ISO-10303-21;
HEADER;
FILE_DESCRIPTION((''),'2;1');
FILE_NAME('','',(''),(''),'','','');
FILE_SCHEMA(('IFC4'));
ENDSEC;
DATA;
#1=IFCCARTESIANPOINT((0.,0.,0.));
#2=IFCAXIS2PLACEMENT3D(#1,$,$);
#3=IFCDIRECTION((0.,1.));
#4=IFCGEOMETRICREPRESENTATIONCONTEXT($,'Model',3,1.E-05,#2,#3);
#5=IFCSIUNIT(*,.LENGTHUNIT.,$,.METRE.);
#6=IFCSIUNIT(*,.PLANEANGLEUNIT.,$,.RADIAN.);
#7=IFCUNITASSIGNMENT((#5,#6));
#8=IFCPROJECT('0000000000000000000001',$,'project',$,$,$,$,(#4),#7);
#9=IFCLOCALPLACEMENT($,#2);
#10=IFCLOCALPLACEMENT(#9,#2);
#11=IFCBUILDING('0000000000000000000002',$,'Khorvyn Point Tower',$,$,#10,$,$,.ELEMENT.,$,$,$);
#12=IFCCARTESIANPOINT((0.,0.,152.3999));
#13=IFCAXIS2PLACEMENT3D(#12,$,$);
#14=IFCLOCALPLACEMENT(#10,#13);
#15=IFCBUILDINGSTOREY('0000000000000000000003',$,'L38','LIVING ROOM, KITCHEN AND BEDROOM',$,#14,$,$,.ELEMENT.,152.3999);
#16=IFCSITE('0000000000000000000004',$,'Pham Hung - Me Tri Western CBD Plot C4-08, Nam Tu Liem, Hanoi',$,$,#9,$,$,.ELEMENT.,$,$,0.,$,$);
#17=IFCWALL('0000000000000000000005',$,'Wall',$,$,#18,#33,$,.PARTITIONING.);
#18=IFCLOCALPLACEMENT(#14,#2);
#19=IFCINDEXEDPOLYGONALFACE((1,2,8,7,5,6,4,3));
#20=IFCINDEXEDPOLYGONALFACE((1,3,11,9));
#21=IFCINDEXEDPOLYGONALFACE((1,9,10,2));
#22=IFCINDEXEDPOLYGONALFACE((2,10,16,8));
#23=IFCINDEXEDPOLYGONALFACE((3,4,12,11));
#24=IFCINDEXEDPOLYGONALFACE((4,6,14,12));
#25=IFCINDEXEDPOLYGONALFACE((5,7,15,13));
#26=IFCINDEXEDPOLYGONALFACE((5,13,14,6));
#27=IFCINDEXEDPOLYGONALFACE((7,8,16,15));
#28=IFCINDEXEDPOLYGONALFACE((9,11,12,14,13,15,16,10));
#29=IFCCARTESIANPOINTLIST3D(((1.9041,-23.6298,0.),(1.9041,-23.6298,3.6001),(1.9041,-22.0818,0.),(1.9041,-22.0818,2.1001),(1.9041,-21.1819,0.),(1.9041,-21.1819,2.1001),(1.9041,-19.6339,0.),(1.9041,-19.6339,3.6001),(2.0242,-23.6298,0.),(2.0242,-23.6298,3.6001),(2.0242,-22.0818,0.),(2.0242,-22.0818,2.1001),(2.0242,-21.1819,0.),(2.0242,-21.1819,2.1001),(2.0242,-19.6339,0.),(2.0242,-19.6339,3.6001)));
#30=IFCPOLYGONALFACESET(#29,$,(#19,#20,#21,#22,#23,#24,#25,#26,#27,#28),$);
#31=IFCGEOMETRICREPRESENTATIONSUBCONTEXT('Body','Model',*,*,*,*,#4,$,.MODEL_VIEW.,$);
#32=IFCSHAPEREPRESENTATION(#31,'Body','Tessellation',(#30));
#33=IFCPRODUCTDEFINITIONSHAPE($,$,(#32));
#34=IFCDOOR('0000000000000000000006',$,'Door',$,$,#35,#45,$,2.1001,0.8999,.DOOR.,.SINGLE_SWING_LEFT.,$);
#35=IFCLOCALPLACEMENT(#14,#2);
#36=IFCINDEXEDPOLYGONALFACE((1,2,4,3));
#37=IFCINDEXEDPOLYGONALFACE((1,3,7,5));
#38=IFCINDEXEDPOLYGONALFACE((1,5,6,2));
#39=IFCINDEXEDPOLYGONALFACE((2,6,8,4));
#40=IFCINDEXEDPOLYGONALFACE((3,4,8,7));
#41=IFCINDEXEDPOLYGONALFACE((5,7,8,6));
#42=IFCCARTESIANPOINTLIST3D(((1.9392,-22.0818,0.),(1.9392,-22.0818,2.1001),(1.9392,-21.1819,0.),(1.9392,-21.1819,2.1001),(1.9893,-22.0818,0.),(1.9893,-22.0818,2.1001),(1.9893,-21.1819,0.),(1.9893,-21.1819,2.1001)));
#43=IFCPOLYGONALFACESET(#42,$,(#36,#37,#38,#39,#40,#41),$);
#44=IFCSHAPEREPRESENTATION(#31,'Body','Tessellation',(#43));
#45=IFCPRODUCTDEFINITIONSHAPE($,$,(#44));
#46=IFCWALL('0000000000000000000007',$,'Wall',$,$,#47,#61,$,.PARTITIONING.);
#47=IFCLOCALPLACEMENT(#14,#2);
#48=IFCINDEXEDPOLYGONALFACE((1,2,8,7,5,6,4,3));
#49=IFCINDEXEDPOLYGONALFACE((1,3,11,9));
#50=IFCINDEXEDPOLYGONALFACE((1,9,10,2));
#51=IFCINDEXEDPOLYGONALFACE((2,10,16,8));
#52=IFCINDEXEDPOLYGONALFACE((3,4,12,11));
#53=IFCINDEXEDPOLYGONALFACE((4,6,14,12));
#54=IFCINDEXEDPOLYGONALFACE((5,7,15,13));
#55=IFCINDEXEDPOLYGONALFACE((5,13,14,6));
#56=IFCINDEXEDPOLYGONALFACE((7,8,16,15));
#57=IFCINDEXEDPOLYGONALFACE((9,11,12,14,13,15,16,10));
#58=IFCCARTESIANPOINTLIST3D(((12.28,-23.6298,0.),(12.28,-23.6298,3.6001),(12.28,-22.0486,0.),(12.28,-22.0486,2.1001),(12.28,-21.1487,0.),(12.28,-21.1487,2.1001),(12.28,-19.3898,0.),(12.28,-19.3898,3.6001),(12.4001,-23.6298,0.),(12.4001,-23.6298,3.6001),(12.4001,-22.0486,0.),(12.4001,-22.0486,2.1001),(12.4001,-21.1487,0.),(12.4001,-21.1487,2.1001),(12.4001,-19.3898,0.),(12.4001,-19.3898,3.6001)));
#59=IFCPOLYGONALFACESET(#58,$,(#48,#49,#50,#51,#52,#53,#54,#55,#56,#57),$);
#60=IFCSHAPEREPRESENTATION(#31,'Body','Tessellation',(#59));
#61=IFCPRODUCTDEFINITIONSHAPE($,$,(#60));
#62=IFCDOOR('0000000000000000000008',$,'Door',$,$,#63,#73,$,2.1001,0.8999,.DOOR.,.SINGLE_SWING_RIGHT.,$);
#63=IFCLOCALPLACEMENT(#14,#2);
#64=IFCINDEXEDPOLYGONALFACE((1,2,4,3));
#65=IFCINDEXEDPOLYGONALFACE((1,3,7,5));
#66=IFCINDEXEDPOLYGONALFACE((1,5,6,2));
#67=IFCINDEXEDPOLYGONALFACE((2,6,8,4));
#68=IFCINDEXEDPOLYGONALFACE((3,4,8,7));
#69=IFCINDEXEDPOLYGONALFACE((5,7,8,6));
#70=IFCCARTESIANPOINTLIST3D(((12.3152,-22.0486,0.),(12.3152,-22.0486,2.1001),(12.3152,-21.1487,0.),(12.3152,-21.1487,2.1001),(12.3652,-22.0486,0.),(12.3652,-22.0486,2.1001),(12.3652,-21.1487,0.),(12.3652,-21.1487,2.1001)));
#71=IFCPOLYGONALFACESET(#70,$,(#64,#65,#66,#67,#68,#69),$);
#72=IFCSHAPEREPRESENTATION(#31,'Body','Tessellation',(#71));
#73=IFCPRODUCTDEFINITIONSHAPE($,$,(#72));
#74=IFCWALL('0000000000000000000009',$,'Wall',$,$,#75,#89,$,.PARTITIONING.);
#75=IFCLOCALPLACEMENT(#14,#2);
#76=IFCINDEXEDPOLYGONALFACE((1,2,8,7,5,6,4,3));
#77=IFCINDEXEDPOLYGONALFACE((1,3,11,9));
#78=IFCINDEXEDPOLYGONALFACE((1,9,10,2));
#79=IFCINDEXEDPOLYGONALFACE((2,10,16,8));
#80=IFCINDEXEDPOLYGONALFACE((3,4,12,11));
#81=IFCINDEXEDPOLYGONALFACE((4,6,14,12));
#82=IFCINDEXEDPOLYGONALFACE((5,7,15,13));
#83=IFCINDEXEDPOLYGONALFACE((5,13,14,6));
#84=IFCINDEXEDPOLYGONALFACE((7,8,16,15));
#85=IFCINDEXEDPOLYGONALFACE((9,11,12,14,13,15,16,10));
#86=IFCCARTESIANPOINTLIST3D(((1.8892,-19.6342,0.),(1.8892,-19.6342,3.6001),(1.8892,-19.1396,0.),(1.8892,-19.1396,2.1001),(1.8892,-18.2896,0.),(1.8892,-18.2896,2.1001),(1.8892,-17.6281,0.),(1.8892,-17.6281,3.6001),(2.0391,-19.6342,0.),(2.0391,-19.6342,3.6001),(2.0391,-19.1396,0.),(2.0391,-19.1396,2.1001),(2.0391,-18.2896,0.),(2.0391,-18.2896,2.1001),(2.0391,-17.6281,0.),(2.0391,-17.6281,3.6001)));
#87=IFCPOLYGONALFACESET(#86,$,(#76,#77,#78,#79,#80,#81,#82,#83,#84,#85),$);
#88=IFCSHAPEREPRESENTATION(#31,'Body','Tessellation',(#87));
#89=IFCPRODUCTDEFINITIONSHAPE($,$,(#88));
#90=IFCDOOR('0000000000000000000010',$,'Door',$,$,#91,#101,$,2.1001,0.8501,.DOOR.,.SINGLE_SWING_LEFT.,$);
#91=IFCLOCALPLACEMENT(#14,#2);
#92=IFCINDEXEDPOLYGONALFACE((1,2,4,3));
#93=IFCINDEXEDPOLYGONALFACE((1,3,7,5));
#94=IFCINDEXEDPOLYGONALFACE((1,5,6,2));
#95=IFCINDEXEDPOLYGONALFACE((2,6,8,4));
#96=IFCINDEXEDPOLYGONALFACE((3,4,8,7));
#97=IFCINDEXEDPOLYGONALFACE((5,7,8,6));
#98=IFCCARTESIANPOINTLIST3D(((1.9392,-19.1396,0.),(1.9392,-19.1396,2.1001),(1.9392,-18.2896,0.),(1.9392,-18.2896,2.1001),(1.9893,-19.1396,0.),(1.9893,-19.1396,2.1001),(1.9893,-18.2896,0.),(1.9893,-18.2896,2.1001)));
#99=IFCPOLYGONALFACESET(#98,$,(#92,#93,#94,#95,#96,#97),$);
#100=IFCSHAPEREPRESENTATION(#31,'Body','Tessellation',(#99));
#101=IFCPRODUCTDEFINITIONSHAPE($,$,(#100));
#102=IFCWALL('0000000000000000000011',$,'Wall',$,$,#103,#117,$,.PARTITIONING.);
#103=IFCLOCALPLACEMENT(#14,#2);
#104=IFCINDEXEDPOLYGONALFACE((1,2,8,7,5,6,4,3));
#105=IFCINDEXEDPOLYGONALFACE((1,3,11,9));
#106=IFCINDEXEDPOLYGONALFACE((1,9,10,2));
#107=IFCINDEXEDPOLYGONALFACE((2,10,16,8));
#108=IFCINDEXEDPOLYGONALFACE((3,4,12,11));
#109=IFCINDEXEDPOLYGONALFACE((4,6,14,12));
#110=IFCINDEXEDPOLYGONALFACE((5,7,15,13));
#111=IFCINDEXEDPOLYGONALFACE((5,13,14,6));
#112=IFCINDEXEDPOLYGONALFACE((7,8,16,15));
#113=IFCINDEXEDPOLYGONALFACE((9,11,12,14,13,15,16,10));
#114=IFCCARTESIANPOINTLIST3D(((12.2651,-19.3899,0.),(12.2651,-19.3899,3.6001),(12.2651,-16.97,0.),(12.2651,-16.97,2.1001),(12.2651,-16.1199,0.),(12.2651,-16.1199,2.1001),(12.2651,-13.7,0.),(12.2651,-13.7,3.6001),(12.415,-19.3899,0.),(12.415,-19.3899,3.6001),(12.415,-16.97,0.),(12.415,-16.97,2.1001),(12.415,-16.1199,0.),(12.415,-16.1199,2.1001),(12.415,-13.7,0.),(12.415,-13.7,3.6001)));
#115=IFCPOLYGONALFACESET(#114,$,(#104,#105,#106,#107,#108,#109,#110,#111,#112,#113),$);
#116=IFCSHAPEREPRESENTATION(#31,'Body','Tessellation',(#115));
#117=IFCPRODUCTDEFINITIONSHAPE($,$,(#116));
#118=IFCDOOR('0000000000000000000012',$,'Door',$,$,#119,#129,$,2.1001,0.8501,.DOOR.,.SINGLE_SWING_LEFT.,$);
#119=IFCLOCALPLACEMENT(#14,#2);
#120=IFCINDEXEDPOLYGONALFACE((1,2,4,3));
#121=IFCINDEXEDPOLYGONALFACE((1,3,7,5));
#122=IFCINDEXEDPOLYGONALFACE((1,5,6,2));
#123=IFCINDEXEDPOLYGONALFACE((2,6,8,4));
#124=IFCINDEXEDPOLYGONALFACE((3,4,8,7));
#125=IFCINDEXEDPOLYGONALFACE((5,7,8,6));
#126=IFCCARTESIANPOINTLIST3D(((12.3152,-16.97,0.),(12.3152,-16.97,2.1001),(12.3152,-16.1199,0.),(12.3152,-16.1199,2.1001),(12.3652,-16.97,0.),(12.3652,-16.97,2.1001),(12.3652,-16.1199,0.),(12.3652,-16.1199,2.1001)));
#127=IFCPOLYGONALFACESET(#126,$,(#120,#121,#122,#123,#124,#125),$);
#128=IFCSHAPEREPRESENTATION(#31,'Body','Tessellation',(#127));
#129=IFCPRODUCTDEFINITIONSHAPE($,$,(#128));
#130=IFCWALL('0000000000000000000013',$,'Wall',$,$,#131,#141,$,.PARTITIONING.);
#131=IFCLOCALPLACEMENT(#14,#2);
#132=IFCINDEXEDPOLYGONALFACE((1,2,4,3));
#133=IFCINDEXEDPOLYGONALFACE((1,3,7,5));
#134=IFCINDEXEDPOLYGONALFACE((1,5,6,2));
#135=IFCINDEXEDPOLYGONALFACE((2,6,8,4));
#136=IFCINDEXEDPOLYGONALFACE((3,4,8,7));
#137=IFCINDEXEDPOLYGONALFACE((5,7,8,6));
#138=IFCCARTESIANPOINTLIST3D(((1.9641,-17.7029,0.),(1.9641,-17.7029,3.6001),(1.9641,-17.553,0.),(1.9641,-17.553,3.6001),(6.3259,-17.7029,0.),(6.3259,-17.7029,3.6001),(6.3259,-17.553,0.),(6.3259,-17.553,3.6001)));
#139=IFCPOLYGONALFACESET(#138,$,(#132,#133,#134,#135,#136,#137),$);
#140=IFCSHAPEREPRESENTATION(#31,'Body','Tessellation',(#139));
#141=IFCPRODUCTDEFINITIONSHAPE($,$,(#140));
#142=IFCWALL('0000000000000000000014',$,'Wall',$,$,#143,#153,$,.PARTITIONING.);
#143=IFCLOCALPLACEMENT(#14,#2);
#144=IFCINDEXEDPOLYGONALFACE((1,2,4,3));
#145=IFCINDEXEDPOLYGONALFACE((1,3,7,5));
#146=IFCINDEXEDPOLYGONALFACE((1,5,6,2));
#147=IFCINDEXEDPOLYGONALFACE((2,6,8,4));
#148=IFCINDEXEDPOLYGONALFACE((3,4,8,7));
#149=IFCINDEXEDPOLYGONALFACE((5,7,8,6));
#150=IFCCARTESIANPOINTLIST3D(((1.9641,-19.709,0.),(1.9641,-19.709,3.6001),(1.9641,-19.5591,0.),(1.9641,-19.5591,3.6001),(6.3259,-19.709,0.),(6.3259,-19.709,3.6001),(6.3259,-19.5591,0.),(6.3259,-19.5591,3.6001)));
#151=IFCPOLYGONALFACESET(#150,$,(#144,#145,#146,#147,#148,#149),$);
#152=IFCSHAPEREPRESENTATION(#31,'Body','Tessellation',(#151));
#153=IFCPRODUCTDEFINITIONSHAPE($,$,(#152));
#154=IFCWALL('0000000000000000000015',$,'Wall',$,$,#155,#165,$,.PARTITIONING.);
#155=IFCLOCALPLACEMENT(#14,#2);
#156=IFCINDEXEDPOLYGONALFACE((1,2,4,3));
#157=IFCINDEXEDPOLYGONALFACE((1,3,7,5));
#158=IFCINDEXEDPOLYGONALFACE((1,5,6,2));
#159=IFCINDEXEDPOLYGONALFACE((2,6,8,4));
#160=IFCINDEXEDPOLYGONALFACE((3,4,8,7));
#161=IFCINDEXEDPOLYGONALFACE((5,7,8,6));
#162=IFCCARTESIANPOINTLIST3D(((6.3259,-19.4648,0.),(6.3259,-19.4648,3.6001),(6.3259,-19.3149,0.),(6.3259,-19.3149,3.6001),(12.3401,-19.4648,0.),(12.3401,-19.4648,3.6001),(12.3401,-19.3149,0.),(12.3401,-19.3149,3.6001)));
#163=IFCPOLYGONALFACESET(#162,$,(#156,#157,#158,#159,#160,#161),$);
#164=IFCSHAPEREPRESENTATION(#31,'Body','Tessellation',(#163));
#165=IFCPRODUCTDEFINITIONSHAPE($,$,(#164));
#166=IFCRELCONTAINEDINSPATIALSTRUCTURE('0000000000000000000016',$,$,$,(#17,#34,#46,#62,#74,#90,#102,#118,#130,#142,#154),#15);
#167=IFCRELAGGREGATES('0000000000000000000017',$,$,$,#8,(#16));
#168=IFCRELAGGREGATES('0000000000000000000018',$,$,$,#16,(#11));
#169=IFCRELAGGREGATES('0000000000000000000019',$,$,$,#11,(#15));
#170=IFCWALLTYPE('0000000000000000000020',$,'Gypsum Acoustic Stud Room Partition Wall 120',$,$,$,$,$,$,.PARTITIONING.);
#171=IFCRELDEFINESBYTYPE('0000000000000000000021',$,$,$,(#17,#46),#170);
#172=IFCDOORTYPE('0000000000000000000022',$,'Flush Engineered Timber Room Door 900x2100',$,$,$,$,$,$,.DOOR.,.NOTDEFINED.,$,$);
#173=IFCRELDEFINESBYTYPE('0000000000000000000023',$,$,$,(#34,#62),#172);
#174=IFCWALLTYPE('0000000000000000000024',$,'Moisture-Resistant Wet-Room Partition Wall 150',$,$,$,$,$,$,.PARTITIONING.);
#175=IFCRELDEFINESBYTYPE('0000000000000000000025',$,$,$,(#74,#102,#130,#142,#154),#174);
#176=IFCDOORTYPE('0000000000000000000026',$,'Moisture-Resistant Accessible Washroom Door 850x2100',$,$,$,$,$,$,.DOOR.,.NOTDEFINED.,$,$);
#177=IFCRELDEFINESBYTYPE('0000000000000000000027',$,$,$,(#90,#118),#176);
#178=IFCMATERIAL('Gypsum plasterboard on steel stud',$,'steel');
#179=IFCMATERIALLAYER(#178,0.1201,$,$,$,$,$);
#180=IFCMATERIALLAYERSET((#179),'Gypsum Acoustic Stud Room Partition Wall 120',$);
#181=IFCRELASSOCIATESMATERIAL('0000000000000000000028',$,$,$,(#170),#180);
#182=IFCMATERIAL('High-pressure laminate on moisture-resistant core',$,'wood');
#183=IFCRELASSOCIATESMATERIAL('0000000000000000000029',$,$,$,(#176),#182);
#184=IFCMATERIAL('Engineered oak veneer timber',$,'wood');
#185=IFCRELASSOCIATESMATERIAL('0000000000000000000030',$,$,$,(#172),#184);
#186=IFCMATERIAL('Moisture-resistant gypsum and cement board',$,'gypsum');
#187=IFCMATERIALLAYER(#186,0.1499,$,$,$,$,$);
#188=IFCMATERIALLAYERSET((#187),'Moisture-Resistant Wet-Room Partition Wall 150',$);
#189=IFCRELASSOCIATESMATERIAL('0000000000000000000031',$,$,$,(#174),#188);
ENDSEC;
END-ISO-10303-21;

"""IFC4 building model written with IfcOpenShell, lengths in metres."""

from ifc_helpers import new_model, si_unit, direction, frame, frame_2d, origin, place, context, subcontext, project, spatial, rectangle, extrude, material, layer, layer_set, type_object, element, fill, save


model = new_model("IFC4")

# Units and contexts
model_context = context("Model", 3, precision=1e-05, world=origin(), true_north=direction((0.0, 1.0)))
body_context = subcontext(model_context, "Body", "Model", "MODEL_VIEW")
ifc_project = project(units=[si_unit("LENGTHUNIT", "METRE"), si_unit("PLANEANGLEUNIT", "RADIAN")], contexts=[model_context])

# Site, building, storey
site_placement = place(None, origin())
site = spatial("IfcSite", under=ifc_project, at=site_placement, Name="Pham Hung - Me Tri Western CBD Plot C4-08, Nam Tu Liem, Hanoi", CompositionType="ELEMENT", RefElevation=0.0)
building_placement = place(site_placement, origin())
building = spatial("IfcBuilding", under=site, at=building_placement, Name="Khorvyn Point Tower", CompositionType="ELEMENT")
storey_placement = place(building_placement, frame((0.0, 0.0, 152.3999)))
storey = spatial("IfcBuildingStorey", under=building, at=storey_placement, Name="L38", Description="LIVING ROOM, KITCHEN AND BEDROOM", CompositionType="ELEMENT", Elevation=152.3999)

# Walls, openings, doors
ifc_material_1 = material(Name="Gypsum plasterboard on steel stud", Category="steel")
ifc_layer_1 = layer(ifc_material_1, 0.1201)
ifc_layer_set_1 = layer_set([ifc_layer_1], Name="Gypsum Acoustic Stud Room Partition Wall 120")
wall_type_1 = type_object("IfcWallType", Name="Gypsum Acoustic Stud Room Partition Wall 120", PredefinedType="PARTITIONING", material=ifc_layer_set_1)
ifc_material_2 = material(Name="High-pressure laminate on moisture-resistant core", Category="wood")
door_type_1 = type_object("IfcDoorType", Name="Moisture-Resistant Accessible Washroom Door 850x2100", OperationType="NOTDEFINED", PredefinedType="DOOR", material=ifc_material_2)
wall_1_placement = place(storey_placement, frame((1.9641, -23.6299, 0.0), z_axis=(0.0, 0.0, 1.0), x_axis=(0.0, 1.0, 0.0)))
wall_1 = element("IfcWall", 1, at=wall_1_placement, inside=storey, type_object=wall_type_1, Name="Wall", PredefinedType="PARTITIONING", context=body_context, shape_type="SweptSolid", body=[
    extrude(rectangle(XDim=3.9958, YDim=0.1201, at=frame_2d((1.998, 0.0))), origin(), (0.0, 0.0, 1.0), 3.6001),
])
opening_1_placement = place(wall_1_placement, frame((1.5481, 0.0, 0.0)))
opening_1 = element("IfcOpeningElement", 2, at=opening_1_placement, cuts=wall_1, PredefinedType="OPENING", context=body_context, shape_type="SweptSolid", body=[
    extrude(rectangle(XDim=0.8999, YDim=2.1001, at=frame_2d((0.45, 1.05))), frame((0.0, 0.0701, 0.0), z_axis=(0.0, -1.0, 0.0), x_axis=(1.0, 0.0, 0.0)), (0.0, 0.0, 1.0), 0.1401),
])
ifc_material_3 = material(Name="Engineered oak veneer timber", Category="wood")
door_type_2 = type_object("IfcDoorType", Name="Flush Engineered Timber Room Door 900x2100", OperationType="NOTDEFINED", PredefinedType="DOOR", material=ifc_material_3)
door_1_placement = place(opening_1_placement, origin())
door_1 = element("IfcDoor", 3, at=door_1_placement, inside=storey, type_object=door_type_2, Name="Door", OperationType="SINGLE_SWING_LEFT", OverallHeight=2.1001, OverallWidth=0.8999, PredefinedType="DOOR", context=body_context, shape_type="SweptSolid", body=[
    extrude(rectangle(XDim=0.8999, YDim=2.1001, at=frame_2d((0.45, 1.05))), frame((0.0, 0.0249, 0.0), z_axis=(0.0, -1.0, 0.0), x_axis=(1.0, 0.0, 0.0)), (0.0, 0.0, 1.0), 0.05),
])
fill(opening_1, door_1)
wall_2_placement = place(storey_placement, frame((12.3401, -23.6299, 0.0), z_axis=(0.0, 0.0, 1.0), x_axis=(0.0, 1.0, 0.0)))
wall_2 = element("IfcWall", 4, at=wall_2_placement, inside=storey, type_object=wall_type_1, Name="Wall", PredefinedType="PARTITIONING", context=body_context, shape_type="SweptSolid", body=[
    extrude(rectangle(XDim=4.24, YDim=0.1201, at=frame_2d((2.1201, 0.0))), origin(), (0.0, 0.0, 1.0), 3.6001),
])
opening_2_placement = place(wall_2_placement, frame((1.5813, 0.0, 0.0)))
opening_2 = element("IfcOpeningElement", 5, at=opening_2_placement, cuts=wall_2, PredefinedType="OPENING", context=body_context, shape_type="SweptSolid", body=[
    extrude(rectangle(XDim=0.8999, YDim=2.1001, at=frame_2d((0.45, 1.05))), frame((0.0, 0.0701, 0.0), z_axis=(0.0, -1.0, 0.0), x_axis=(1.0, 0.0, 0.0)), (0.0, 0.0, 1.0), 0.1401),
])
door_2_placement = place(opening_2_placement, origin())
door_2 = element("IfcDoor", 6, at=door_2_placement, inside=storey, type_object=door_type_2, Name="Door", OperationType="SINGLE_SWING_RIGHT", OverallHeight=2.1001, OverallWidth=0.8999, PredefinedType="DOOR", context=body_context, shape_type="SweptSolid", body=[
    extrude(rectangle(XDim=0.8999, YDim=2.1001, at=frame_2d((0.45, 1.05))), frame((0.0, 0.0249, 0.0), z_axis=(0.0, -1.0, 0.0), x_axis=(1.0, 0.0, 0.0)), (0.0, 0.0, 1.0), 0.05),
])
fill(opening_2, door_2)
ifc_material_4 = material(Name="Moisture-resistant gypsum and cement board", Category="gypsum")
ifc_layer_2 = layer(ifc_material_4, 0.1499)
ifc_layer_set_2 = layer_set([ifc_layer_2], Name="Moisture-Resistant Wet-Room Partition Wall 150")
wall_type_2 = type_object("IfcWallType", Name="Moisture-Resistant Wet-Room Partition Wall 150", PredefinedType="PARTITIONING", material=ifc_layer_set_2)
wall_3_placement = place(storey_placement, frame((1.9641, -19.634, 0.0), z_axis=(0.0, 0.0, 1.0), x_axis=(0.0, 1.0, 0.0)))
wall_3 = element("IfcWall", 7, at=wall_3_placement, inside=storey, type_object=wall_type_2, Name="Wall", PredefinedType="PARTITIONING", context=body_context, shape_type="SweptSolid", body=[
    extrude(rectangle(XDim=2.0061, YDim=0.1499, at=frame_2d((1.0029, 0.0))), origin(), (0.0, 0.0, 1.0), 3.6001),
])
opening_3_placement = place(wall_3_placement, frame((0.4944, 0.0, 0.0)))
opening_3 = element("IfcOpeningElement", 8, at=opening_3_placement, cuts=wall_3, PredefinedType="OPENING", context=body_context, shape_type="SweptSolid", body=[
    extrude(rectangle(XDim=0.8501, YDim=2.1001, at=frame_2d((0.425, 1.05))), frame((0.0, 0.085, 0.0), z_axis=(0.0, -1.0, 0.0), x_axis=(1.0, 0.0, 0.0)), (0.0, 0.0, 1.0), 0.1699),
])
door_3_placement = place(opening_3_placement, origin())
door_3 = element("IfcDoor", 9, at=door_3_placement, inside=storey, type_object=door_type_1, Name="Door", OperationType="SINGLE_SWING_LEFT", OverallHeight=2.1001, OverallWidth=0.8501, PredefinedType="DOOR", context=body_context, shape_type="SweptSolid", body=[
    extrude(rectangle(XDim=0.8501, YDim=2.1001, at=frame_2d((0.425, 1.05))), frame((0.0, 0.0249, 0.0), z_axis=(0.0, -1.0, 0.0), x_axis=(1.0, 0.0, 0.0)), (0.0, 0.0, 1.0), 0.05),
])
fill(opening_3, door_3)
wall_4_placement = place(storey_placement, frame((12.3401, -19.3899, 0.0), z_axis=(0.0, 0.0, 1.0), x_axis=(0.0, 1.0, 0.0)))
wall_4 = element("IfcWall", 10, at=wall_4_placement, inside=storey, type_object=wall_type_2, Name="Wall", PredefinedType="PARTITIONING", context=body_context, shape_type="SweptSolid", body=[
    extrude(rectangle(XDim=5.6899, YDim=0.1499, at=frame_2d((2.845, 0.0))), origin(), (0.0, 0.0, 1.0), 3.6001),
])
opening_4_placement = place(wall_4_placement, frame((2.4199, 0.0, 0.0)))
opening_4 = element("IfcOpeningElement", 11, at=opening_4_placement, cuts=wall_4, PredefinedType="OPENING", context=body_context, shape_type="SweptSolid", body=[
    extrude(rectangle(XDim=0.8501, YDim=2.1001, at=frame_2d((0.425, 1.05))), frame((0.0, 0.085, 0.0), z_axis=(0.0, -1.0, 0.0), x_axis=(1.0, 0.0, 0.0)), (0.0, 0.0, 1.0), 0.1699),
])
door_4_placement = place(opening_4_placement, origin())
door_4 = element("IfcDoor", 12, at=door_4_placement, inside=storey, type_object=door_type_1, Name="Door", OperationType="SINGLE_SWING_LEFT", OverallHeight=2.1001, OverallWidth=0.8501, PredefinedType="DOOR", context=body_context, shape_type="SweptSolid", body=[
    extrude(rectangle(XDim=0.8501, YDim=2.1001, at=frame_2d((0.425, 1.05))), frame((0.0, 0.0249, 0.0), z_axis=(0.0, -1.0, 0.0), x_axis=(1.0, 0.0, 0.0)), (0.0, 0.0, 1.0), 0.05),
])
fill(opening_4, door_4)

# Walls
for number, where, z_axis, x_axis, name in (
    (13, (1.9641, -17.6279, 0.0), (0.0, 0.0, 1.0), (1.0, 0.0, 0.0), "Wall"),
    (14, (1.9641, -19.634, 0.0), (0.0, 0.0, 1.0), (1.0, 0.0, 0.0), "Wall"),
):
    element("IfcWall", number, at=place(storey_placement, frame(where, z_axis=z_axis, x_axis=x_axis)), inside=storey, type_object=wall_type_2, Name=name, PredefinedType="PARTITIONING", context=body_context, shape_type="SweptSolid", body=[
        extrude(rectangle(XDim=4.3618, YDim=0.1499, at=frame_2d((2.1809, 0.0))), origin(), (0.0, 0.0, 1.0), 3.6001),
    ])
wall_5_placement = place(storey_placement, frame((6.3259, -19.3899, 0.0), z_axis=(0.0, 0.0, 1.0), x_axis=(1.0, 0.0, 0.0)))
element("IfcWall", 15, at=wall_5_placement, inside=storey, type_object=wall_type_2, Name="Wall", PredefinedType="PARTITIONING", context=body_context, shape_type="SweptSolid", body=[
    extrude(rectangle(XDim=6.0142, YDim=0.1499, at=frame_2d((3.0071, 0.0))), origin(), (0.0, 0.0, 1.0), 3.6001),
])

save(model, "model.ifc")
